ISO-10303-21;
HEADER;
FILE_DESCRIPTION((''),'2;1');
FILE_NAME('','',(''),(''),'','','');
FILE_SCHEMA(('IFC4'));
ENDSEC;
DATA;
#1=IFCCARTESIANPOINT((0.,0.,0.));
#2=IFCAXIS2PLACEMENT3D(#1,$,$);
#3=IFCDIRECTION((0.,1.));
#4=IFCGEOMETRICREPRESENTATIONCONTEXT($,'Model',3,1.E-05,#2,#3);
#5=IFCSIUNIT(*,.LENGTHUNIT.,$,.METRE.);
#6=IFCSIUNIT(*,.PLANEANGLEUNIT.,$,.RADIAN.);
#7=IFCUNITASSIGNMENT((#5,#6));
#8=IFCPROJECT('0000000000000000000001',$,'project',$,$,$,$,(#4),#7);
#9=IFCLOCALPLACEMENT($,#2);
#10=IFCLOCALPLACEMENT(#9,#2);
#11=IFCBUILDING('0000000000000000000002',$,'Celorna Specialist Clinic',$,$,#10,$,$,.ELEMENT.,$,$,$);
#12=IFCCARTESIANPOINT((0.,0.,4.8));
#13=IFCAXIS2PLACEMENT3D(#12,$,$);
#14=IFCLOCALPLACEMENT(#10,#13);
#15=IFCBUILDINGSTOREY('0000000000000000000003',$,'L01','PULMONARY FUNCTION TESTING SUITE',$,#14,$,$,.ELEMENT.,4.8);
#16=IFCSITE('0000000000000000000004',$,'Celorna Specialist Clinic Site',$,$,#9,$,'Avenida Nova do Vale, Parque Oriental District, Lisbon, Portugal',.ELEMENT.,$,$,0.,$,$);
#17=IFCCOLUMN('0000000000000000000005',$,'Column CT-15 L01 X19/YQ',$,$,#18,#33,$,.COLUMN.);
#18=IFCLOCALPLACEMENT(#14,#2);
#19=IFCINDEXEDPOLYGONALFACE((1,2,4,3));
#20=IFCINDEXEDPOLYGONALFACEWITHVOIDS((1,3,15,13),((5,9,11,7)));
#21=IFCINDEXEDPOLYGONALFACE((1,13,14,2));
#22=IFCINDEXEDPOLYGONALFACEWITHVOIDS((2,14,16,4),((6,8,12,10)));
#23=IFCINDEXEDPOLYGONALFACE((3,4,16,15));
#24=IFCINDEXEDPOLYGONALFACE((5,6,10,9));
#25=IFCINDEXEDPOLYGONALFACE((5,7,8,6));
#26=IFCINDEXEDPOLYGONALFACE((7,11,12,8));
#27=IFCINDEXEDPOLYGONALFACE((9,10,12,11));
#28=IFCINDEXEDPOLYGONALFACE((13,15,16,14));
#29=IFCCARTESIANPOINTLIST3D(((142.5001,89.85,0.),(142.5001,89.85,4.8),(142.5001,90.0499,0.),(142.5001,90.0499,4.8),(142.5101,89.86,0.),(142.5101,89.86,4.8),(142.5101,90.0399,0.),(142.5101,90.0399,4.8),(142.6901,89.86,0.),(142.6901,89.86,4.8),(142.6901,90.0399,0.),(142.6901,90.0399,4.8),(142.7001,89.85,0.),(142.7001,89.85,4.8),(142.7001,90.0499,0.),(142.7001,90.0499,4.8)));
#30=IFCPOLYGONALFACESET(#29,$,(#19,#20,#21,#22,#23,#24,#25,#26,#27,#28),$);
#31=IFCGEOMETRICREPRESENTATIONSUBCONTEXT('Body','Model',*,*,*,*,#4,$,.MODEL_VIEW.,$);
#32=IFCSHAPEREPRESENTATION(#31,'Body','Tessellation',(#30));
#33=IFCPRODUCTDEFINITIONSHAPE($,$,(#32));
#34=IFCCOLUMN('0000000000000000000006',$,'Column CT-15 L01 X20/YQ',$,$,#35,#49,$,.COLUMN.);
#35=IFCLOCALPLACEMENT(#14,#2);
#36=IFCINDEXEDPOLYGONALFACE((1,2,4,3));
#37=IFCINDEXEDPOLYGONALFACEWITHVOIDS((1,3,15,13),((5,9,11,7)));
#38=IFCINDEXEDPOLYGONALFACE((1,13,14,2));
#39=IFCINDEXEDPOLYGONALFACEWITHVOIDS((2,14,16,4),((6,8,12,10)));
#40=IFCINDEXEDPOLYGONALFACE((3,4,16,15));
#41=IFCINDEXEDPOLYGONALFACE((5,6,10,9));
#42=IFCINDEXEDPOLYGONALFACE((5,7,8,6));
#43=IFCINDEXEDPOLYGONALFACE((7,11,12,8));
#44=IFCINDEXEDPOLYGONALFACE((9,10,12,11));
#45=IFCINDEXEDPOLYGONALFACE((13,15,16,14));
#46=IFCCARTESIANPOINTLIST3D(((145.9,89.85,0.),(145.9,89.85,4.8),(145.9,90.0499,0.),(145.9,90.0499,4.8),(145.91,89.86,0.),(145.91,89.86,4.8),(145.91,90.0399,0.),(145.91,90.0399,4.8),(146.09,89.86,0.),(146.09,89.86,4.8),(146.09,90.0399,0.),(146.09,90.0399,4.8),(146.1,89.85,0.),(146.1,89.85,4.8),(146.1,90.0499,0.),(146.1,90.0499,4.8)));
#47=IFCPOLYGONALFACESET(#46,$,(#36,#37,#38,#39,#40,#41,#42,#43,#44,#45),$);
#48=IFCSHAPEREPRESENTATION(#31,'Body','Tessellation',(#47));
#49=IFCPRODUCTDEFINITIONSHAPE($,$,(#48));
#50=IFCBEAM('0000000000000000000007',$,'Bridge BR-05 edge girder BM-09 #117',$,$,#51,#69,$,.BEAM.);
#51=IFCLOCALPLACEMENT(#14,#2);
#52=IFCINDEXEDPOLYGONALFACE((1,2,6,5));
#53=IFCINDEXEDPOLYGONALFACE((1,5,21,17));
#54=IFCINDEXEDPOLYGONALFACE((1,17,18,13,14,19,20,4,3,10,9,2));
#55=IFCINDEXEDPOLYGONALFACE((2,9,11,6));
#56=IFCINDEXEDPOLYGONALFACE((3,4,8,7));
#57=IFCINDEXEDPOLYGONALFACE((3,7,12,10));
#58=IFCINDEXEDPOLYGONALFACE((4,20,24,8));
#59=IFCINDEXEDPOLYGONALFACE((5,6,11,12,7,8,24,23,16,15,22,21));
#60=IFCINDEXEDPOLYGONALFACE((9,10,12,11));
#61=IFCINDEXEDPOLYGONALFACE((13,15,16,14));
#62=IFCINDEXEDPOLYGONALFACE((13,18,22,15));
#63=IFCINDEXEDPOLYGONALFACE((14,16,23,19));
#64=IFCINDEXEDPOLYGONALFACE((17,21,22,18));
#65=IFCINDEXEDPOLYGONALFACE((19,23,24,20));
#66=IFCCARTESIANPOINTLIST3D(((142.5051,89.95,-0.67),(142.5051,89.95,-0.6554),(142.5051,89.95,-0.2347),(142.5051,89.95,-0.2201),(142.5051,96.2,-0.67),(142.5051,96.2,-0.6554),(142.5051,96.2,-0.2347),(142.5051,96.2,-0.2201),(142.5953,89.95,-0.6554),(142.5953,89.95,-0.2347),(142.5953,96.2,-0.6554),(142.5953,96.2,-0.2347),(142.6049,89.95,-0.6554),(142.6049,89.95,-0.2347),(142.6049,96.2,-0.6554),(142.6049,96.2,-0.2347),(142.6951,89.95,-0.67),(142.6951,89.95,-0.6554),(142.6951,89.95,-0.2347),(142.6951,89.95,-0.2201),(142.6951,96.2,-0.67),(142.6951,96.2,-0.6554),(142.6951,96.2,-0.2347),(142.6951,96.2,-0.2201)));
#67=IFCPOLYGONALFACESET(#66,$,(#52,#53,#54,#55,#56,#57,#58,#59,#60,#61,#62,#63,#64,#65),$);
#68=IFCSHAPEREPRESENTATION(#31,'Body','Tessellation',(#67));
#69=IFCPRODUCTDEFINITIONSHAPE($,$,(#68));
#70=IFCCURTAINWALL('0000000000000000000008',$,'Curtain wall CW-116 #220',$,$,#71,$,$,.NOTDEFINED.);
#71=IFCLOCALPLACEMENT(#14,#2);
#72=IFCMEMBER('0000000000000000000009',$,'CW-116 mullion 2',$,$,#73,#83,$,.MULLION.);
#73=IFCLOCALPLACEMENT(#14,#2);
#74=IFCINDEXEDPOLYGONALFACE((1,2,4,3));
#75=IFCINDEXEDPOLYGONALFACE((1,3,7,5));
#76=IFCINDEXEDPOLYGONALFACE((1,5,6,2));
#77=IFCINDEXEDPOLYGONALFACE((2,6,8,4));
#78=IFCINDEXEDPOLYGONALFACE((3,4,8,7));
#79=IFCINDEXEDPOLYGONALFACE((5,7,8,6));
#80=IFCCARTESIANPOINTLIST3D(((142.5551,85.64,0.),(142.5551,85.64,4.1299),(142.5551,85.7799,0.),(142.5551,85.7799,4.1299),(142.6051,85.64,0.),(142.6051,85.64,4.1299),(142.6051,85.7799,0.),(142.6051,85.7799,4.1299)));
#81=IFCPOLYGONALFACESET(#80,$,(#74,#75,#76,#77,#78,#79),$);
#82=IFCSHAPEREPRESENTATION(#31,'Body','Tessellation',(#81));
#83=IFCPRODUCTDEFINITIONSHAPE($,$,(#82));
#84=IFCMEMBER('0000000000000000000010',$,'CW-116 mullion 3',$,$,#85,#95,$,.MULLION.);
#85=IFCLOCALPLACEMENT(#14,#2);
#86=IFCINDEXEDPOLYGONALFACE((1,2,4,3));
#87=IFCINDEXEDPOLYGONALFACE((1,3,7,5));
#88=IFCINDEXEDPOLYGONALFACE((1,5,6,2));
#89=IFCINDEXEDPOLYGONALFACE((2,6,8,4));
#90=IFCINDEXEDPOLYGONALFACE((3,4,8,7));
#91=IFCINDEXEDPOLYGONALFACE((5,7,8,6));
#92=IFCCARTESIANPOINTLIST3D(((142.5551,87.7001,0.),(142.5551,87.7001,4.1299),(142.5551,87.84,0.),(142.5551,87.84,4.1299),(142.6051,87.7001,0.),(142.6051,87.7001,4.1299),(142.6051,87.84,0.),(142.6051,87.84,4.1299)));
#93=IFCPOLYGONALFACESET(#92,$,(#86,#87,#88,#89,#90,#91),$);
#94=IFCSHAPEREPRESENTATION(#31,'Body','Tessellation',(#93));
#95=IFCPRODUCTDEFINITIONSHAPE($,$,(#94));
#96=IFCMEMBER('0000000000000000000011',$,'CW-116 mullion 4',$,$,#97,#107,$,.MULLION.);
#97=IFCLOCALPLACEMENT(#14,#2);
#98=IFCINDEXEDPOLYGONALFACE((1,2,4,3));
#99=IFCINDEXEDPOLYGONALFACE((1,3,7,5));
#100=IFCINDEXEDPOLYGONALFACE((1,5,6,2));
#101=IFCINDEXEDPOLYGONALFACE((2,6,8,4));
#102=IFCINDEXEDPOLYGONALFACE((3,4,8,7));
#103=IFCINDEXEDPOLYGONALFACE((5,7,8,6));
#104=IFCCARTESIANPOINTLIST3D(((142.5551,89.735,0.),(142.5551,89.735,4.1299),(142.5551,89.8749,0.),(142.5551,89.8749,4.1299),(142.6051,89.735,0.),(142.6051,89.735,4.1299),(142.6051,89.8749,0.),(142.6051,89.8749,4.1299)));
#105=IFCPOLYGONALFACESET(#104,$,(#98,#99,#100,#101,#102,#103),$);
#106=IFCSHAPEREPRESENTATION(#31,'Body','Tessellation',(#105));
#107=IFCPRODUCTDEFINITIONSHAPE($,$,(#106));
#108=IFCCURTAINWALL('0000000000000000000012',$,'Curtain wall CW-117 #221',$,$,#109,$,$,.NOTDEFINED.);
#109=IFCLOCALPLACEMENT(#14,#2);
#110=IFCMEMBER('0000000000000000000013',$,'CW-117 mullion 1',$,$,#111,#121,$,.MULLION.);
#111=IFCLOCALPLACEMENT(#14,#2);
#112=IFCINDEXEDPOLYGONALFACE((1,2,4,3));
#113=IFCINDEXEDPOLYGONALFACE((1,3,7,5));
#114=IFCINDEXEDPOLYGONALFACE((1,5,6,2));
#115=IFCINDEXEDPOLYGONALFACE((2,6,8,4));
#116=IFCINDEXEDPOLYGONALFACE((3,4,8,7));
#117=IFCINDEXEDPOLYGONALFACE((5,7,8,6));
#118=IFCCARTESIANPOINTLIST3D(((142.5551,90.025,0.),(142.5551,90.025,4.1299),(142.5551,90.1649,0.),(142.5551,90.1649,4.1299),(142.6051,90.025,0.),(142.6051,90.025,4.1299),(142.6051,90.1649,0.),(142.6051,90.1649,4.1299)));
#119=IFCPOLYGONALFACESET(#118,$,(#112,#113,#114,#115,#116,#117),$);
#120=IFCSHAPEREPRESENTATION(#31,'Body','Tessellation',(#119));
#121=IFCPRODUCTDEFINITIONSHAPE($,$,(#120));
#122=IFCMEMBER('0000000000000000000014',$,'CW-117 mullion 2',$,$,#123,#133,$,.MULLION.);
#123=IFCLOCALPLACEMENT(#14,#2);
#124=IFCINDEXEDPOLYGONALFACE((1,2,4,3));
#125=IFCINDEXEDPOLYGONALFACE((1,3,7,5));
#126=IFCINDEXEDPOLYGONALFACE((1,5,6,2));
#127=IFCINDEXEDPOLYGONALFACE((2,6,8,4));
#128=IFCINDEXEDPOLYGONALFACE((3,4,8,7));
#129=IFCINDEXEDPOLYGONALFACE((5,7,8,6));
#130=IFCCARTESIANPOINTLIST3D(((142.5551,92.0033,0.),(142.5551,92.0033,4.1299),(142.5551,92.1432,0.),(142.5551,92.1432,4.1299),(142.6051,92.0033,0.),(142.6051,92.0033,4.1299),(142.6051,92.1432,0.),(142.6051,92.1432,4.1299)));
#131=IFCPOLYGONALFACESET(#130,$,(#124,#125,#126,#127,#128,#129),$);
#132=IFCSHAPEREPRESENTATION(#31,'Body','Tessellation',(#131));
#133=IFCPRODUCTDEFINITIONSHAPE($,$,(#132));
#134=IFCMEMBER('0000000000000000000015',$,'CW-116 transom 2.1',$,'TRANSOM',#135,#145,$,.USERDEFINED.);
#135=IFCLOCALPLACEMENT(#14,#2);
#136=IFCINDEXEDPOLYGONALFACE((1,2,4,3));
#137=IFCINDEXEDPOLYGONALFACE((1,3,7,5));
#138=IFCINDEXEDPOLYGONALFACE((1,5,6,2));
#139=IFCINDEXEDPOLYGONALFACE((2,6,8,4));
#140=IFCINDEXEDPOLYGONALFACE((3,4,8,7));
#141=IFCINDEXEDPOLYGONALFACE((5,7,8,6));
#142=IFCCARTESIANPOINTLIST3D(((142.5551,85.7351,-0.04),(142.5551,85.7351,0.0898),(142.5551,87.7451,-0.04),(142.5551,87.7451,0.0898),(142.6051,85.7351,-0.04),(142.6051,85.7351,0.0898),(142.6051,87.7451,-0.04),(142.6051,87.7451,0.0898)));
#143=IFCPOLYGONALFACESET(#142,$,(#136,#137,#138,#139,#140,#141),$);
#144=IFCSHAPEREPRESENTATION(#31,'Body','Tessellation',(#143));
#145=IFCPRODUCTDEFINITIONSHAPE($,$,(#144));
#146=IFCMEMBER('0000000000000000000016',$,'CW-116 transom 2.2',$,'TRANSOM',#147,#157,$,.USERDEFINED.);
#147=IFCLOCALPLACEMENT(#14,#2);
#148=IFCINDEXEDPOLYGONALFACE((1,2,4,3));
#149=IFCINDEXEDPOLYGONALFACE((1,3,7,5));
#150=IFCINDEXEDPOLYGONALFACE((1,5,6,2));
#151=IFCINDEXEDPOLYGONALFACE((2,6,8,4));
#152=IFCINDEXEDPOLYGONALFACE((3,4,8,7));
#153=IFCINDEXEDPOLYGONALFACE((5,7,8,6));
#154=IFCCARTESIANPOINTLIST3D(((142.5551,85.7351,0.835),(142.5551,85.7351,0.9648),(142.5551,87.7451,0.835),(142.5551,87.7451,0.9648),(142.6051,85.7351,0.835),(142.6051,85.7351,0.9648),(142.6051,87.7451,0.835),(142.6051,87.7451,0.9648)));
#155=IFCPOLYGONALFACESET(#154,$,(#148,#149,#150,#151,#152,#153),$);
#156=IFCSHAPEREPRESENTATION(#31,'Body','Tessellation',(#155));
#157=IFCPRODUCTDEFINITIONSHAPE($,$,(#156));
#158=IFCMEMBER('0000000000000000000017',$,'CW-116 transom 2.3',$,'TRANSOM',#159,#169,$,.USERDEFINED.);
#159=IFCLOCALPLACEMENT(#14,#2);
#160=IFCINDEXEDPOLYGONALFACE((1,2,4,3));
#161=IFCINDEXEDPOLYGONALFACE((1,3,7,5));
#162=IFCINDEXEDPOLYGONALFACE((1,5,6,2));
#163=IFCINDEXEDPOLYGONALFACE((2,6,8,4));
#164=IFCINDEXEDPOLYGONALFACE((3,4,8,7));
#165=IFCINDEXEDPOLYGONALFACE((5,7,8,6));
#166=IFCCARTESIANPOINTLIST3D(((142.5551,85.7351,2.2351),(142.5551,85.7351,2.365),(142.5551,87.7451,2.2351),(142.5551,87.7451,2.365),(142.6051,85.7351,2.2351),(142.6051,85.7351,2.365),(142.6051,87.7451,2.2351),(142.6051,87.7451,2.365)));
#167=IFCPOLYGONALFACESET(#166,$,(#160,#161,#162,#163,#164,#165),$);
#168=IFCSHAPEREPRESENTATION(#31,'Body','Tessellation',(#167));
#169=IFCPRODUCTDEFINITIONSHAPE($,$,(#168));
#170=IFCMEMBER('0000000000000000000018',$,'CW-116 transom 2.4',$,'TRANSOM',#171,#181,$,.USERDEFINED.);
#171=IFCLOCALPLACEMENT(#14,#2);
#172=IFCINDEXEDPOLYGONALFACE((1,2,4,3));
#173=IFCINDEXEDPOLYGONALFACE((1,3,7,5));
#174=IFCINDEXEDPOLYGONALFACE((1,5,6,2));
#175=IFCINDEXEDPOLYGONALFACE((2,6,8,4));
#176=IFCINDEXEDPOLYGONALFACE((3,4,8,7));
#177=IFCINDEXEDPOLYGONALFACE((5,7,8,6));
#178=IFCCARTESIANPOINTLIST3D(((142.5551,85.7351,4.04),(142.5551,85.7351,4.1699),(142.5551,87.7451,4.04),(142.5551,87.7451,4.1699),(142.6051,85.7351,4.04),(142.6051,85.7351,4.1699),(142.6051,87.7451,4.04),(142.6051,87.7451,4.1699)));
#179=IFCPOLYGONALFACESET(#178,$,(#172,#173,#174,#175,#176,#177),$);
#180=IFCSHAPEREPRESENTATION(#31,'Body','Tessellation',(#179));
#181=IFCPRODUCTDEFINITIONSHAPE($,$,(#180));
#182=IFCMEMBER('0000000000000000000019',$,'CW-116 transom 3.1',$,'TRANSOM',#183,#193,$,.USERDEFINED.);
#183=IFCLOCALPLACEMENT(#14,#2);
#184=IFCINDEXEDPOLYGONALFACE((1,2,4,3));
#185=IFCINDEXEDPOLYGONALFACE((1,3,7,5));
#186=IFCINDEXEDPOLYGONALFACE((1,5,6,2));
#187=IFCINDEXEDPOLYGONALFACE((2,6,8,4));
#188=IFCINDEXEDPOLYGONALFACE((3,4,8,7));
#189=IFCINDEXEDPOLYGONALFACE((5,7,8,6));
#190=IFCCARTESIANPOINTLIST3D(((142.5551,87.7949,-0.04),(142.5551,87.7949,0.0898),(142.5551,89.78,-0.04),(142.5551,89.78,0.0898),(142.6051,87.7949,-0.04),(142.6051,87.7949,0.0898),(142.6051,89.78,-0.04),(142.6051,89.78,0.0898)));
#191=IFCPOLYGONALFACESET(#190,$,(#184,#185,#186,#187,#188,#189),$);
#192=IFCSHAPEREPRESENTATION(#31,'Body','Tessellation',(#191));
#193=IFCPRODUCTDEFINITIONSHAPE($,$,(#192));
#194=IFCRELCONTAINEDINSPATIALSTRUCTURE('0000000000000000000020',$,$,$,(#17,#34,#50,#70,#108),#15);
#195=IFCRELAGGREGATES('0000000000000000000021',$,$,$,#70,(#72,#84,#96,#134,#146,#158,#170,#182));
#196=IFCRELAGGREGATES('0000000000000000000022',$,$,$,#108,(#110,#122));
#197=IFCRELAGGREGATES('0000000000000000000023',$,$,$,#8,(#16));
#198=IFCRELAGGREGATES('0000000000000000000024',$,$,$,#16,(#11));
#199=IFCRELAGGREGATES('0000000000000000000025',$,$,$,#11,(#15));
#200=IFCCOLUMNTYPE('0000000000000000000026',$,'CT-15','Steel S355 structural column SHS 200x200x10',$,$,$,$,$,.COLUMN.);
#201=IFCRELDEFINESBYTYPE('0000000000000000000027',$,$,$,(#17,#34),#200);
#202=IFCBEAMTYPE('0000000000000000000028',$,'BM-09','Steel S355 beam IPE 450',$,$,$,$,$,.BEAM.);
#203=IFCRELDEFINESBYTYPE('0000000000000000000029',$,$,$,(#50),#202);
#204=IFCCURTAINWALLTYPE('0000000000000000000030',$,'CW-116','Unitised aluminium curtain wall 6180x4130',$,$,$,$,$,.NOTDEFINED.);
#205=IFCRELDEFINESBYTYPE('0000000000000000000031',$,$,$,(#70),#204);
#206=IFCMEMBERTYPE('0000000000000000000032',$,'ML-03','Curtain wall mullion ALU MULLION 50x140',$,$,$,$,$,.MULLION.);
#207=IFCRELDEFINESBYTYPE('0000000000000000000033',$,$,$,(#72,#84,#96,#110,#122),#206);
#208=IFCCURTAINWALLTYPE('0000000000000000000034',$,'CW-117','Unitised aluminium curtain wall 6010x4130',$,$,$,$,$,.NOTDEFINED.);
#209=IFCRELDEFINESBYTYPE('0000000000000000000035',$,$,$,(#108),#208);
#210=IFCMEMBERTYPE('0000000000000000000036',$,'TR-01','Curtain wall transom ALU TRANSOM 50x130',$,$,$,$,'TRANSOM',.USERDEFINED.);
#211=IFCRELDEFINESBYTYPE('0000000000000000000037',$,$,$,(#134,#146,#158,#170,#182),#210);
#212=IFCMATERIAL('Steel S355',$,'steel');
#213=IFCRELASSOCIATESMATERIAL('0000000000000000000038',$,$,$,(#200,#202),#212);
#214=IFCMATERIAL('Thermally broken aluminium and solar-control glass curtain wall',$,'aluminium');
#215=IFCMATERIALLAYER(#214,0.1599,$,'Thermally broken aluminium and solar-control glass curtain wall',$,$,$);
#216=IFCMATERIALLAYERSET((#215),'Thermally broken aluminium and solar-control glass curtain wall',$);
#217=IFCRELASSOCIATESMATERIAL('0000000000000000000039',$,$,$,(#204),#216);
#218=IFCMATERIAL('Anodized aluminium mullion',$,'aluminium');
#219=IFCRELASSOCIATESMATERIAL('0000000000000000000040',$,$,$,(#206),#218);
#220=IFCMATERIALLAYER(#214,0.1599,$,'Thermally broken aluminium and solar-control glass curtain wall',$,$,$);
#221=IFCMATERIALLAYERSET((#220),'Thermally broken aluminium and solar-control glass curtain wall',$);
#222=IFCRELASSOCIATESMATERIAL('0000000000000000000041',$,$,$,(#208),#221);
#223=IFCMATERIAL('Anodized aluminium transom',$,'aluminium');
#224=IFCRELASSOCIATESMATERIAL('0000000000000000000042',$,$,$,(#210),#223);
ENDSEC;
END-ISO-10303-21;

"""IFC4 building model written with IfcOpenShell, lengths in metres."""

from ifc_helpers import new_model, si_unit, direction, frame, origin, origin_2d, place, context, subcontext, project, spatial, rectangle, hollow_rectangle, i_section, extrude, material, layer, layer_set, material_profile, profile_set, type_object, element, aggregate, save


model = new_model("IFC4")

# Units and contexts
model_context = context("Model", 3, precision=1e-05, world=origin(), true_north=direction((0.0, 1.0)))
body_context = subcontext(model_context, "Body", "Model", "MODEL_VIEW")
ifc_project = project(units=[si_unit("LENGTHUNIT", "METRE"), si_unit("PLANEANGLEUNIT", "RADIAN")], contexts=[model_context])

# Site, building, storey
site_placement = place(None, origin())
site = spatial("IfcSite", under=ifc_project, at=site_placement, Name="Celorna Specialist Clinic Site", LongName="Avenida Nova do Vale, Parque Oriental District, Lisbon, Portugal", CompositionType="ELEMENT", RefElevation=0.0)
building_placement = place(site_placement, origin())
building = spatial("IfcBuilding", under=site, at=building_placement, Name="Celorna Specialist Clinic", CompositionType="ELEMENT")
storey_placement = place(building_placement, frame((0.0, 0.0, 4.8)))
storey = spatial("IfcBuildingStorey", under=building, at=storey_placement, Name="L01", Description="PULMONARY FUNCTION TESTING SUITE", CompositionType="ELEMENT", Elevation=4.8)

# Columns
ifc_material_1 = material(Name="Steel S355", Category="steel")
ifc_material_profile_1 = material_profile(ifc_material_1, hollow_rectangle(XDim=0.2, YDim=0.2, WallThickness=0.01, at=origin_2d()), Name="SHS 200x200x10")
ifc_profile_set_1 = profile_set([ifc_material_profile_1], Name="Steel S355")
column_type = type_object("IfcColumnType", Name="CT-15", Description="Steel S355 structural column SHS 200x200x10", PredefinedType="COLUMN", material=ifc_profile_set_1)
for number, where, z_axis, x_axis, name in (
    (1, (142.6001, 89.95, 0.0), (0.0, 0.0, 1.0), (1.0, 0.0, 0.0), "Column CT-15 L01 X19/YQ"),
    (2, (146.0, 89.95, 0.0), (0.0, 0.0, 1.0), (1.0, 0.0, 0.0), "Column CT-15 L01 X20/YQ"),
):
    element("IfcColumn", number, at=place(storey_placement, frame(where, z_axis=z_axis, x_axis=x_axis)), inside=storey, type_object=column_type, Name=name, PredefinedType="COLUMN", context=body_context, shape_type="SweptSolid", body=[
        extrude(hollow_rectangle(XDim=0.2, YDim=0.2, WallThickness=0.01, at=origin_2d()), origin(), (0.0, 0.0, 1.0), 4.8),
    ])

# Beam
ifc_material_profile_2 = material_profile(ifc_material_1, i_section(OverallWidth=0.1899, OverallDepth=0.45, WebThickness=0.0095, FlangeThickness=0.0146, at=origin_2d()), Name="IPE 450")
ifc_profile_set_2 = profile_set([ifc_material_profile_2], Name="Steel S355")
beam_type = type_object("IfcBeamType", Name="BM-09", Description="Steel S355 beam IPE 450", PredefinedType="BEAM", material=ifc_profile_set_2)
beam_placement = place(storey_placement, frame((142.6001, 89.95, -0.4451), z_axis=(0.0, 1.0, 0.0), x_axis=(-1.0, 0.0, 0.0)))
element("IfcBeam", 3, at=beam_placement, inside=storey, type_object=beam_type, Name="Bridge BR-05 edge girder BM-09 #117", PredefinedType="BEAM", context=body_context, shape_type="SweptSolid", body=[
    extrude(i_section(OverallWidth=0.1899, OverallDepth=0.45, WebThickness=0.0095, FlangeThickness=0.0146, at=origin_2d()), origin(), (0.0, 0.0, 1.0), 6.25),
])

# Curtain walls, members
ifc_material_2 = material(Name="Thermally broken aluminium and solar-control glass curtain wall", Category="aluminium")
ifc_layer_1 = layer(ifc_material_2, 0.1599, Name="Thermally broken aluminium and solar-control glass curtain wall")
ifc_layer_set_1 = layer_set([ifc_layer_1], Name="Thermally broken aluminium and solar-control glass curtain wall")
curtain_wall_type_1 = type_object("IfcCurtainWallType", Name="CW-116", Description="Unitised aluminium curtain wall 6180x4130", PredefinedType="NOTDEFINED", material=ifc_layer_set_1)
curtain_wall_1_placement = place(storey_placement, origin())
curtain_wall_1 = element("IfcCurtainWall", 4, at=curtain_wall_1_placement, inside=storey, type_object=curtain_wall_type_1, Name="Curtain wall CW-116 #220", PredefinedType="NOTDEFINED")
ifc_material_3 = material(Name="Anodized aluminium mullion", Category="aluminium")
ifc_material_profile_3 = material_profile(ifc_material_3, rectangle(XDim=0.05, YDim=0.1399, at=origin_2d()), Name="ALU MULLION 50x140")
ifc_profile_set_3 = profile_set([ifc_material_profile_3], Name="Anodized aluminium mullion")
member_type_1 = type_object("IfcMemberType", Name="ML-03", Description="Curtain wall mullion ALU MULLION 50x140", PredefinedType="MULLION", material=ifc_profile_set_3)
member_1_placement = place(storey_placement, frame((142.5801, 85.71, 0.0), z_axis=(0.0, 0.0, 1.0), x_axis=(-1.0, 0.0, 0.0)))
member_1 = element("IfcMember", 5, at=member_1_placement, type_object=member_type_1, Name="CW-116 mullion 2", PredefinedType="MULLION", context=body_context, shape_type="SweptSolid", body=[
    extrude(rectangle(XDim=0.05, YDim=0.1399, at=origin_2d()), origin(), (0.0, 0.0, 1.0), 4.1299),
])
member_2_placement = place(storey_placement, frame((142.5801, 87.77, 0.0), z_axis=(0.0, 0.0, 1.0), x_axis=(-1.0, 0.0, 0.0)))
member_2 = element("IfcMember", 6, at=member_2_placement, type_object=member_type_1, Name="CW-116 mullion 3", PredefinedType="MULLION", context=body_context, shape_type="SweptSolid", body=[
    extrude(rectangle(XDim=0.05, YDim=0.1399, at=origin_2d()), origin(), (0.0, 0.0, 1.0), 4.1299),
])
member_3_placement = place(storey_placement, frame((142.5801, 89.8049, 0.0), z_axis=(0.0, 0.0, 1.0), x_axis=(-1.0, 0.0, 0.0)))
member_3 = element("IfcMember", 7, at=member_3_placement, type_object=member_type_1, Name="CW-116 mullion 4", PredefinedType="MULLION", context=body_context, shape_type="SweptSolid", body=[
    extrude(rectangle(XDim=0.05, YDim=0.1399, at=origin_2d()), origin(), (0.0, 0.0, 1.0), 4.1299),
])
ifc_layer_2 = layer(ifc_material_2, 0.1599, Name="Thermally broken aluminium and solar-control glass curtain wall")
ifc_layer_set_2 = layer_set([ifc_layer_2], Name="Thermally broken aluminium and solar-control glass curtain wall")
curtain_wall_type_2 = type_object("IfcCurtainWallType", Name="CW-117", Description="Unitised aluminium curtain wall 6010x4130", PredefinedType="NOTDEFINED", material=ifc_layer_set_2)
curtain_wall_2_placement = place(storey_placement, origin())
curtain_wall_2 = element("IfcCurtainWall", 8, at=curtain_wall_2_placement, inside=storey, type_object=curtain_wall_type_2, Name="Curtain wall CW-117 #221", PredefinedType="NOTDEFINED")
member_4_placement = place(storey_placement, frame((142.5801, 90.095, 0.0), z_axis=(0.0, 0.0, 1.0), x_axis=(-1.0, 0.0, 0.0)))
member_4 = element("IfcMember", 9, at=member_4_placement, type_object=member_type_1, Name="CW-117 mullion 1", PredefinedType="MULLION", context=body_context, shape_type="SweptSolid", body=[
    extrude(rectangle(XDim=0.05, YDim=0.1399, at=origin_2d()), origin(), (0.0, 0.0, 1.0), 4.1299),
])
member_5_placement = place(storey_placement, frame((142.5801, 92.0732, 0.0), z_axis=(0.0, 0.0, 1.0), x_axis=(-1.0, 0.0, 0.0)))
member_5 = element("IfcMember", 10, at=member_5_placement, type_object=member_type_1, Name="CW-117 mullion 2", PredefinedType="MULLION", context=body_context, shape_type="SweptSolid", body=[
    extrude(rectangle(XDim=0.05, YDim=0.1399, at=origin_2d()), origin(), (0.0, 0.0, 1.0), 4.1299),
])

# Members
ifc_material_4 = material(Name="Anodized aluminium transom", Category="aluminium")
ifc_material_profile_4 = material_profile(ifc_material_4, rectangle(XDim=0.05, YDim=0.1299, at=origin_2d()), Name="ALU TRANSOM 50x130")
ifc_profile_set_4 = profile_set([ifc_material_profile_4], Name="Anodized aluminium transom")
member_type_2 = type_object("IfcMemberType", Name="TR-01", Description="Curtain wall transom ALU TRANSOM 50x130", ElementType="TRANSOM", PredefinedType="USERDEFINED", material=ifc_profile_set_4)
member_6_placement = place(storey_placement, frame((142.5801, 85.7351, 0.0249), z_axis=(0.0, 1.0, 0.0), x_axis=(-1.0, 0.0, 0.0)))
member_6 = element("IfcMember", 11, at=member_6_placement, type_object=member_type_2, Name="CW-116 transom 2.1", ObjectType="TRANSOM", PredefinedType="USERDEFINED", context=body_context, shape_type="SweptSolid", body=[
    extrude(rectangle(XDim=0.05, YDim=0.1299, at=origin_2d()), origin(), (0.0, 0.0, 1.0), 2.01),
])
member_7_placement = place(storey_placement, frame((142.5801, 85.7351, 0.8999), z_axis=(0.0, 1.0, 0.0), x_axis=(-1.0, 0.0, 0.0)))
member_7 = element("IfcMember", 12, at=member_7_placement, type_object=member_type_2, Name="CW-116 transom 2.2", ObjectType="TRANSOM", PredefinedType="USERDEFINED", context=body_context, shape_type="SweptSolid", body=[
    extrude(rectangle(XDim=0.05, YDim=0.1299, at=origin_2d()), origin(), (0.0, 0.0, 1.0), 2.01),
])
member_8_placement = place(storey_placement, frame((142.5801, 85.7351, 2.3), z_axis=(0.0, 1.0, 0.0), x_axis=(-1.0, 0.0, 0.0)))
member_8 = element("IfcMember", 13, at=member_8_placement, type_object=member_type_2, Name="CW-116 transom 2.3", ObjectType="TRANSOM", PredefinedType="USERDEFINED", context=body_context, shape_type="SweptSolid", body=[
    extrude(rectangle(XDim=0.05, YDim=0.1299, at=origin_2d()), origin(), (0.0, 0.0, 1.0), 2.01),
])
member_9_placement = place(storey_placement, frame((142.5801, 85.7351, 4.105), z_axis=(0.0, 1.0, 0.0), x_axis=(-1.0, 0.0, 0.0)))
member_9 = element("IfcMember", 14, at=member_9_placement, type_object=member_type_2, Name="CW-116 transom 2.4", ObjectType="TRANSOM", PredefinedType="USERDEFINED", context=body_context, shape_type="SweptSolid", body=[
    extrude(rectangle(XDim=0.05, YDim=0.1299, at=origin_2d()), origin(), (0.0, 0.0, 1.0), 2.01),
])
member_10_placement = place(storey_placement, frame((142.5801, 87.7949, 0.0249), z_axis=(0.0, 1.0, 0.0), x_axis=(-1.0, 0.0, 0.0)))
member_10 = element("IfcMember", 15, at=member_10_placement, type_object=member_type_2, Name="CW-116 transom 3.1", ObjectType="TRANSOM", PredefinedType="USERDEFINED", context=body_context, shape_type="SweptSolid", body=[
    extrude(rectangle(XDim=0.05, YDim=0.1299, at=origin_2d()), origin(), (0.0, 0.0, 1.0), 1.9851),
])

aggregate(curtain_wall_1, [member_1, member_2, member_3, member_6, member_7, member_8, member_9, member_10])
aggregate(curtain_wall_2, [member_4, member_5])

save(model, "model.ifc")
